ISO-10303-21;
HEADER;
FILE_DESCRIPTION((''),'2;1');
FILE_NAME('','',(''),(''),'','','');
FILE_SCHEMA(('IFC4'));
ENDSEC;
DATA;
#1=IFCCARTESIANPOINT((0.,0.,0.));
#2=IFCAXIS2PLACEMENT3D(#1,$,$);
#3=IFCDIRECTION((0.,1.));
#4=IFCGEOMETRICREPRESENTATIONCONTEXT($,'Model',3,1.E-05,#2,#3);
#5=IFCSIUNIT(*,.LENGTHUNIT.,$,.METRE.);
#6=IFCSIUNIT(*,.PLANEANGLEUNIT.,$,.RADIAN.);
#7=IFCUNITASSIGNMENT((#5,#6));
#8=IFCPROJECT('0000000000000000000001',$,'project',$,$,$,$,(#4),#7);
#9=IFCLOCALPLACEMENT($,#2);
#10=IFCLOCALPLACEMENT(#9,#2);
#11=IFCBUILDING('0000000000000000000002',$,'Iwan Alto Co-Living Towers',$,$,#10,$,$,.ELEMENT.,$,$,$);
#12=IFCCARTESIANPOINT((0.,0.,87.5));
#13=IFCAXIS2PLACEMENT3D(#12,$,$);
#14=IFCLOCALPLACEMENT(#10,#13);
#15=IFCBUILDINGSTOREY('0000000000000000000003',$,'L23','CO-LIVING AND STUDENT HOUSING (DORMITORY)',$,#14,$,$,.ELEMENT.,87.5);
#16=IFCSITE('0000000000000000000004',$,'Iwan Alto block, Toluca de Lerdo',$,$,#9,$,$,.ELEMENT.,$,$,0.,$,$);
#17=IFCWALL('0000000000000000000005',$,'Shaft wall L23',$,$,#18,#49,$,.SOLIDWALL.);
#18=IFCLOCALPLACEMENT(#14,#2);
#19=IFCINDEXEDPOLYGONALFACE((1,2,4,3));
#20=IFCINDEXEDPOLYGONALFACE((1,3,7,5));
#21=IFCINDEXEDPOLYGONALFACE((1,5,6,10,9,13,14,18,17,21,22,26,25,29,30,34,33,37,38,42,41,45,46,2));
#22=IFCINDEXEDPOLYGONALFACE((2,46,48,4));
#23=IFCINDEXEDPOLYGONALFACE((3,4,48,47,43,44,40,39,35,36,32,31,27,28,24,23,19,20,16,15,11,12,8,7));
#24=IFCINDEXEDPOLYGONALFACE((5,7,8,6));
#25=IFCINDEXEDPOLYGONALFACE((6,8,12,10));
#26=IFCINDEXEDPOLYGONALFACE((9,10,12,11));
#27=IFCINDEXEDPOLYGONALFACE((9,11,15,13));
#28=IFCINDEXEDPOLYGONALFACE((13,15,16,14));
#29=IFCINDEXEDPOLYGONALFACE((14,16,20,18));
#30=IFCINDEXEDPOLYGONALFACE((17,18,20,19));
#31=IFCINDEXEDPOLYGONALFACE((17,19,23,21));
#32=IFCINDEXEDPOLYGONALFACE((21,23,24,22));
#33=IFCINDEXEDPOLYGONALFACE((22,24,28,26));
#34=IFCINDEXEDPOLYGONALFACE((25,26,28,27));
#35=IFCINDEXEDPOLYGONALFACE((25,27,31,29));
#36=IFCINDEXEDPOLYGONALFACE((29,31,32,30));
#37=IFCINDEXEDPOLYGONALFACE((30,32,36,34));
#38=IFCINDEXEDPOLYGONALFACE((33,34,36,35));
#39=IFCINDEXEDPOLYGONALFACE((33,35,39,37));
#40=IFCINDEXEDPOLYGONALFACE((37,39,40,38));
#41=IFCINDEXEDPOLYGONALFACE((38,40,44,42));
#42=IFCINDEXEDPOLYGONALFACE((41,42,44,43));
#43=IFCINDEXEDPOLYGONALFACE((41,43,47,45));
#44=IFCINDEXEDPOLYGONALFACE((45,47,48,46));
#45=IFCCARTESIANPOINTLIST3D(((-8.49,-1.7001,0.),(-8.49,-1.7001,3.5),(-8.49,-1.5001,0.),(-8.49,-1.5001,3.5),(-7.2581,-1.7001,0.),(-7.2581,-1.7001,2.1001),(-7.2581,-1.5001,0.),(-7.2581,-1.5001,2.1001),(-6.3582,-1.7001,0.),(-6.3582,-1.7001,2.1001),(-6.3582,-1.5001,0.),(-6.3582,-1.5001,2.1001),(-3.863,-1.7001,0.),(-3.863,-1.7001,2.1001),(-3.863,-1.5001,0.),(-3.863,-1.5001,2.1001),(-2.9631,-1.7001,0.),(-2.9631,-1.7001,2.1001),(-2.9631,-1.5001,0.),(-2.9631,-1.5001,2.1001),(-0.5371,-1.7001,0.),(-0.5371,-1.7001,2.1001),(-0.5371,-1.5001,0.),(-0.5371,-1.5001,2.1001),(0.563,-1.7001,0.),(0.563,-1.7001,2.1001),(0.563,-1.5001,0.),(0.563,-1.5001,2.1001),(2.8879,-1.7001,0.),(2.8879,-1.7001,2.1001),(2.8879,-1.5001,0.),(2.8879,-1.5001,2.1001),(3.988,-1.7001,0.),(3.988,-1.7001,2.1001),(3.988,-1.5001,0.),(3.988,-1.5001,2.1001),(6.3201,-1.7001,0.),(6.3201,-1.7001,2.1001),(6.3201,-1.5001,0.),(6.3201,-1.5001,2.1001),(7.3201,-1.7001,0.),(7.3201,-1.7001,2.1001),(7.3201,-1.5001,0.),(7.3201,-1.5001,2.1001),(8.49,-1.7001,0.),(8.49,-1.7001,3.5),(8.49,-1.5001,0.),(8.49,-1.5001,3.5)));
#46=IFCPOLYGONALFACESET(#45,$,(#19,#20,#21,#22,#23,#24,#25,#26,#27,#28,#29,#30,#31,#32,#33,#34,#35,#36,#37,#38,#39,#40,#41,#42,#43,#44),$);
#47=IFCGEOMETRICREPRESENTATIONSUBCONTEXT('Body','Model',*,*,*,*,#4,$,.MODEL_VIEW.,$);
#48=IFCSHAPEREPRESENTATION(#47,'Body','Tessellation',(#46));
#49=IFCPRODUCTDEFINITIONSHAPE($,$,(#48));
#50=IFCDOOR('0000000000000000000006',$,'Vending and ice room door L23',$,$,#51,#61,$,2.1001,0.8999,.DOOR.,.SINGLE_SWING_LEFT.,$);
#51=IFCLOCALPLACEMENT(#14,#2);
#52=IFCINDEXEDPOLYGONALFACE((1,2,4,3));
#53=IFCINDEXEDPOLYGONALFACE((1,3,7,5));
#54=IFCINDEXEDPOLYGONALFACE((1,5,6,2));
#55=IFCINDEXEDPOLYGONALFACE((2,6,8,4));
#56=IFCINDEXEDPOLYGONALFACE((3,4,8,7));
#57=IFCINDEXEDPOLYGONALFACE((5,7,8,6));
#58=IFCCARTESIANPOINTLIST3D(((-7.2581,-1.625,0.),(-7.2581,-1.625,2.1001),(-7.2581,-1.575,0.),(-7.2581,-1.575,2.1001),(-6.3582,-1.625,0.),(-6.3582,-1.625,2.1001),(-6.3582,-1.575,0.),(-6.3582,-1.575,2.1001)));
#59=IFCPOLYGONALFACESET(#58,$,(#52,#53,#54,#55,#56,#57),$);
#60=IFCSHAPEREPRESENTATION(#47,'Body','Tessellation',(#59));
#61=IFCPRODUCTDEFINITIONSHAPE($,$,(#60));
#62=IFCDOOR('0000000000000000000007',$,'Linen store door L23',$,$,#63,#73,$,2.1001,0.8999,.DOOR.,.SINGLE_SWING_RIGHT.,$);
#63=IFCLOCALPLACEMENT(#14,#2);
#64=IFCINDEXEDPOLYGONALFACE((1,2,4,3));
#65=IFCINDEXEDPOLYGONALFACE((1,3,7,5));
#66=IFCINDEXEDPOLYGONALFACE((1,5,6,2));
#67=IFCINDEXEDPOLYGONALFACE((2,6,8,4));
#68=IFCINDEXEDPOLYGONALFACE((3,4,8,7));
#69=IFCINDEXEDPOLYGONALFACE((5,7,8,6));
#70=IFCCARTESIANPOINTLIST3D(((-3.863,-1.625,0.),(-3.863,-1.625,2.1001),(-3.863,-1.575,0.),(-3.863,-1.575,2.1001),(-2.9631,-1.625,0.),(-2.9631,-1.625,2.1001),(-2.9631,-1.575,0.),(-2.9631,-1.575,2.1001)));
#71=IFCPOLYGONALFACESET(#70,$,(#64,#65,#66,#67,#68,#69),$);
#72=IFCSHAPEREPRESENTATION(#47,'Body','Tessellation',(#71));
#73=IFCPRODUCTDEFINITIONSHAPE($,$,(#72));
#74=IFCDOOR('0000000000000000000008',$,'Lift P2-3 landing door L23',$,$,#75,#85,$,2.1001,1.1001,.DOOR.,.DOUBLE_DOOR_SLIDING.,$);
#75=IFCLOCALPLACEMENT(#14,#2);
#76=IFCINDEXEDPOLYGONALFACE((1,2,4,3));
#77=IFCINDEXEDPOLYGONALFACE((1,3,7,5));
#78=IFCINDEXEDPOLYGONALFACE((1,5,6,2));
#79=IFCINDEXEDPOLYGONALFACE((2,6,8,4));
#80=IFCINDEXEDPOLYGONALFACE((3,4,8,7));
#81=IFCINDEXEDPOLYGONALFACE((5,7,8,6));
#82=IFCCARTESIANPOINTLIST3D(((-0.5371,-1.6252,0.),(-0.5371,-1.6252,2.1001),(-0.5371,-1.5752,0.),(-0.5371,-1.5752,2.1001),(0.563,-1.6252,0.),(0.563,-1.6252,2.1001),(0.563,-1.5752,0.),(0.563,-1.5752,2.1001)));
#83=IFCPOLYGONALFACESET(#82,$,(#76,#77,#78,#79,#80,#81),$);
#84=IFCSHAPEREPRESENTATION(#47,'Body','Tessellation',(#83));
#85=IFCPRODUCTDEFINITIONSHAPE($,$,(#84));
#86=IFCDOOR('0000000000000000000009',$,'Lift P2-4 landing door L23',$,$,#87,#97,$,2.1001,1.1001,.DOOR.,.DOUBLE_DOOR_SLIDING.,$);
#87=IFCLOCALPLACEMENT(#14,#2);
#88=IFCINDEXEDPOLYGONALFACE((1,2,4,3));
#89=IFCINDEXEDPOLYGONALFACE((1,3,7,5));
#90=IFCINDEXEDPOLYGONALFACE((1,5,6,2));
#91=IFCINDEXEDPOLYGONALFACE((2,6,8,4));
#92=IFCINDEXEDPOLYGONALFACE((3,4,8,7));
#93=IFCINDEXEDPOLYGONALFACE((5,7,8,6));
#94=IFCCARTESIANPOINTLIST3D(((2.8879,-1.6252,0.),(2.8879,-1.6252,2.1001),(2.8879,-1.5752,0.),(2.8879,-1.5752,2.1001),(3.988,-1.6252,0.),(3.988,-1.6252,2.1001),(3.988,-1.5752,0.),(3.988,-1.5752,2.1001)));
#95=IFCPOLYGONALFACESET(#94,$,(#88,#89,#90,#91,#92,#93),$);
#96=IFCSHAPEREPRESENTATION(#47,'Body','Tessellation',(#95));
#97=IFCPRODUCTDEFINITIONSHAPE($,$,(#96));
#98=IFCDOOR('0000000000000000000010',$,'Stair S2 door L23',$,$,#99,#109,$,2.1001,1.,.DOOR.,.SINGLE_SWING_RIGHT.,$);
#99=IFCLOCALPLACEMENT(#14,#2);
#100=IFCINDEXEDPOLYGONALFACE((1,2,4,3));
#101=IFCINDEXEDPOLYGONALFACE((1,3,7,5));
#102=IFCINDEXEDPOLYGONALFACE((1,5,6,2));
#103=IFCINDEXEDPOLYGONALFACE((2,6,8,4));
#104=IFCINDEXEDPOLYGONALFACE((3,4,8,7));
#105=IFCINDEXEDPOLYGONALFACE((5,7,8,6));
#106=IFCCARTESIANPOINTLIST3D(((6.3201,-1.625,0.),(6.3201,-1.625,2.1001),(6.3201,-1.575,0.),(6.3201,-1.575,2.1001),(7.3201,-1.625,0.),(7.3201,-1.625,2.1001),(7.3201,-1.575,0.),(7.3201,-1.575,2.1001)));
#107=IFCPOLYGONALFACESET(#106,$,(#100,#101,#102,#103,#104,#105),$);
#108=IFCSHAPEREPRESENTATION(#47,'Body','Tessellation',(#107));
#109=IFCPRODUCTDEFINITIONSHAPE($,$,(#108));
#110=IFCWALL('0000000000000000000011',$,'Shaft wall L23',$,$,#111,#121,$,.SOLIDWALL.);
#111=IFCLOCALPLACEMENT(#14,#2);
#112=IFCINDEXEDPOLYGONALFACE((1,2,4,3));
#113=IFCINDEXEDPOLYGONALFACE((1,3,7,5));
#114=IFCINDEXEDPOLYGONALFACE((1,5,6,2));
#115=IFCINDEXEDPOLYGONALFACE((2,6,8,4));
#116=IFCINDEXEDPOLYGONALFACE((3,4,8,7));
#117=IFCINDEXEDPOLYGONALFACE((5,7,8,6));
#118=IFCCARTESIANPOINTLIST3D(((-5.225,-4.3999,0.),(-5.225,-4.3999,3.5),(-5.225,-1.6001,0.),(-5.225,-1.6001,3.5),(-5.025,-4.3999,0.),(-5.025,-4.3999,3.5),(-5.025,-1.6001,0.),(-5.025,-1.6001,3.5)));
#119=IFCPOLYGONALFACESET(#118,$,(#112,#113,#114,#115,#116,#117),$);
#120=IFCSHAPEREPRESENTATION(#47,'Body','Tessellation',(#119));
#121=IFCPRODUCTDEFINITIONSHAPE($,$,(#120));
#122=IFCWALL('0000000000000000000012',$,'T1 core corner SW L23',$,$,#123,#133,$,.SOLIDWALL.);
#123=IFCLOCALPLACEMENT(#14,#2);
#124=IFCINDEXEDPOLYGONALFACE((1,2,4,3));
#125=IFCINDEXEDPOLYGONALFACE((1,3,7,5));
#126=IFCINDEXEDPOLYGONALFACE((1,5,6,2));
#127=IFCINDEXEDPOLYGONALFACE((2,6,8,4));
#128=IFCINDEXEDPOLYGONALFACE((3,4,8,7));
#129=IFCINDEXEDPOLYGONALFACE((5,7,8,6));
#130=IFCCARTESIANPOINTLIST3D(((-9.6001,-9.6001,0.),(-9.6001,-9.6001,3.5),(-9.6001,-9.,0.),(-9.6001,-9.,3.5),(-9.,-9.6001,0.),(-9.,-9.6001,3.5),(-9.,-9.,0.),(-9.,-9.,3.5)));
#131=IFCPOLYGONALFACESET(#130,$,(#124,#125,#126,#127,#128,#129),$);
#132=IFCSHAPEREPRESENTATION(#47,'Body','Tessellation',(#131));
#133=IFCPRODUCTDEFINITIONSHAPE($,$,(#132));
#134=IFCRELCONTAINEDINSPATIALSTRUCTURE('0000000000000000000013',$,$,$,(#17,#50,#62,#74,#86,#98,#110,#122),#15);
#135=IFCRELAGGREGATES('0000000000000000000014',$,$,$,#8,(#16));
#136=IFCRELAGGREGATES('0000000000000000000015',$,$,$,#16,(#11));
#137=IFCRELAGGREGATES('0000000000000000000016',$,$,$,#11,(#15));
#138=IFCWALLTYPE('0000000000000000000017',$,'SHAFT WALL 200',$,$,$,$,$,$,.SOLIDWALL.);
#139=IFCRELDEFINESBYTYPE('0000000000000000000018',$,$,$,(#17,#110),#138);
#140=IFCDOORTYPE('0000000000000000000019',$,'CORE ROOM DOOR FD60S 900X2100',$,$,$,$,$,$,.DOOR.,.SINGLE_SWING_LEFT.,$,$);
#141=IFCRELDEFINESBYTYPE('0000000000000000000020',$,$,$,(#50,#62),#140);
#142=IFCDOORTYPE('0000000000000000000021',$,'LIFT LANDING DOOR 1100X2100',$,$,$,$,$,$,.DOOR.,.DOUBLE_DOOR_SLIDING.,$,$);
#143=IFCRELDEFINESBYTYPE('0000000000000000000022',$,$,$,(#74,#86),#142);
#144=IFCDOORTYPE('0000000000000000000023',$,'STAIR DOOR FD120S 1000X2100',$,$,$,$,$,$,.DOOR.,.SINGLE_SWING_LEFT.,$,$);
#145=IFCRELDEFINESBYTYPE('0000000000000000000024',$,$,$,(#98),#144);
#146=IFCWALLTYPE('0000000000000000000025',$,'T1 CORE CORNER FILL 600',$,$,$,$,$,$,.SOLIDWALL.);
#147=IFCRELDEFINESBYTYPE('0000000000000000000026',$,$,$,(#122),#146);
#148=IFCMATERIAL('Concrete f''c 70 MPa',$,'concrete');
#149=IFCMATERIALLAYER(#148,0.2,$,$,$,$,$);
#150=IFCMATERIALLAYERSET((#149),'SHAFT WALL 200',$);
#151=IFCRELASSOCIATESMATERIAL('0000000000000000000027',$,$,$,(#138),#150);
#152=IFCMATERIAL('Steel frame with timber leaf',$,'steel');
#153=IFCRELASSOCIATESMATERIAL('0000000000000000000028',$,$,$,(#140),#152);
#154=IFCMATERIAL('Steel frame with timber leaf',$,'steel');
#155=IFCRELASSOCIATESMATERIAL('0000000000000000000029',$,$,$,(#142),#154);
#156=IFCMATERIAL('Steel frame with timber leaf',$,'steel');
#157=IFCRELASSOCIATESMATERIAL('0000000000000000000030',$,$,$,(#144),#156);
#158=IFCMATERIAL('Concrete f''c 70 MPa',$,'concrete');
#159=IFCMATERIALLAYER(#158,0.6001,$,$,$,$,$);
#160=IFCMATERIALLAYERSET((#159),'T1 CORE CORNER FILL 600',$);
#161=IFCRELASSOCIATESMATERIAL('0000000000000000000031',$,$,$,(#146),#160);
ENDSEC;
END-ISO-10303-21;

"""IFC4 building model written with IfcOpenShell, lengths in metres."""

from ifc_helpers import new_model, si_unit, direction, frame, frame_2d, origin, place, context, subcontext, project, spatial, rectangle, extrude, material, layer, layer_set, type_object, element, fill, save


model = new_model("IFC4")

# Units and contexts
model_context = context("Model", 3, precision=1e-05, world=origin(), true_north=direction((0.0, 1.0)))
body_context = subcontext(model_context, "Body", "Model", "MODEL_VIEW")
ifc_project = project(units=[si_unit("LENGTHUNIT", "METRE"), si_unit("PLANEANGLEUNIT", "RADIAN")], contexts=[model_context])

# Site, building, storey
site_placement = place(None, origin())
site = spatial("IfcSite", under=ifc_project, at=site_placement, Name="Iwan Alto block, Toluca de Lerdo", CompositionType="ELEMENT", RefElevation=0.0)
building_placement = place(site_placement, origin())
building = spatial("IfcBuilding", under=site, at=building_placement, Name="Iwan Alto Co-Living Towers", CompositionType="ELEMENT")
storey_placement = place(building_placement, frame((0.0, 0.0, 87.5)))
storey = spatial("IfcBuildingStorey", under=building, at=storey_placement, Name="L23", Description="CO-LIVING AND STUDENT HOUSING (DORMITORY)", CompositionType="ELEMENT", Elevation=87.5)

# Shared definitions
ifc_material_1 = material(Name="Concrete f'c 70 MPa", Category="concrete")
ifc_layer_1 = layer(ifc_material_1, 0.2)
ifc_layer_set_1 = layer_set([ifc_layer_1], Name="SHAFT WALL 200")
wall_type_1 = type_object("IfcWallType", Name="SHAFT WALL 200", PredefinedType="SOLIDWALL", material=ifc_layer_set_1)

# Wall, openings, doors
wall_1_placement = place(storey_placement, frame((-8.49, -1.6001, 0.0), z_axis=(0.0, 0.0, 1.0), x_axis=(1.0, 0.0, 0.0)))
wall_1 = element("IfcWall", 1, at=wall_1_placement, inside=storey, type_object=wall_type_1, Name="Shaft wall L23", PredefinedType="SOLIDWALL", context=body_context, shape_type="SweptSolid", body=[
    extrude(rectangle(XDim=16.98, YDim=0.2, at=frame_2d((8.49, 0.0))), origin(), (0.0, 0.0, 1.0), 3.5),
])
opening_1_placement = place(wall_1_placement, frame((14.8101, 0.0, 0.0)))
opening_1 = element("IfcOpeningElement", 2, at=opening_1_placement, cuts=wall_1, PredefinedType="OPENING", context=body_context, shape_type="SweptSolid", body=[
    extrude(rectangle(XDim=1.0, YDim=2.1001, at=frame_2d((0.5, 1.05))), frame((0.0, 0.1099, 0.0), z_axis=(0.0, -1.0, 0.0), x_axis=(1.0, 0.0, 0.0)), (0.0, 0.0, 1.0), 0.22),
])
opening_2_placement = place(wall_1_placement, frame((1.2319, 0.0, 0.0)))
opening_2 = element("IfcOpeningElement", 3, at=opening_2_placement, cuts=wall_1, PredefinedType="OPENING", context=body_context, shape_type="SweptSolid", body=[
    extrude(rectangle(XDim=0.8999, YDim=2.1001, at=frame_2d((0.45, 1.05))), frame((0.0, 0.1099, 0.0), z_axis=(0.0, -1.0, 0.0), x_axis=(1.0, 0.0, 0.0)), (0.0, 0.0, 1.0), 0.22),
])
opening_3_placement = place(wall_1_placement, frame((4.627, 0.0, 0.0)))
opening_3 = element("IfcOpeningElement", 4, at=opening_3_placement, cuts=wall_1, PredefinedType="OPENING", context=body_context, shape_type="SweptSolid", body=[
    extrude(rectangle(XDim=0.8999, YDim=2.1001, at=frame_2d((0.45, 1.05))), frame((0.0, 0.1099, 0.0), z_axis=(0.0, -1.0, 0.0), x_axis=(1.0, 0.0, 0.0)), (0.0, 0.0, 1.0), 0.22),
])
opening_4_placement = place(wall_1_placement, frame((7.9529, 0.0, 0.0)))
opening_4 = element("IfcOpeningElement", 5, at=opening_4_placement, cuts=wall_1, PredefinedType="OPENING", context=body_context, shape_type="SweptSolid", body=[
    extrude(rectangle(XDim=1.1001, YDim=2.1001, at=frame_2d((0.55, 1.05))), frame((0.0, 0.1099, 0.0), z_axis=(0.0, -1.0, 0.0), x_axis=(1.0, 0.0, 0.0)), (0.0, 0.0, 1.0), 0.22),
])
opening_5_placement = place(wall_1_placement, frame((11.3779, 0.0, 0.0)))
opening_5 = element("IfcOpeningElement", 6, at=opening_5_placement, cuts=wall_1, PredefinedType="OPENING", context=body_context, shape_type="SweptSolid", body=[
    extrude(rectangle(XDim=1.1001, YDim=2.1001, at=frame_2d((0.55, 1.05))), frame((0.0, 0.1099, 0.0), z_axis=(0.0, -1.0, 0.0), x_axis=(1.0, 0.0, 0.0)), (0.0, 0.0, 1.0), 0.22),
])
ifc_material_2 = material(Name="Steel frame with timber leaf", Category="steel")
door_type_1 = type_object("IfcDoorType", Name="CORE ROOM DOOR FD60S 900X2100", OperationType="SINGLE_SWING_LEFT", PredefinedType="DOOR", material=ifc_material_2)
door_1_placement = place(opening_2_placement, frame((0.8999, 0.0, 0.0), z_axis=(0.0, 0.0, 1.0), x_axis=(-1.0, 0.0, 0.0)))
door_1 = element("IfcDoor", 7, at=door_1_placement, inside=storey, type_object=door_type_1, Name="Vending and ice room door L23", OperationType="SINGLE_SWING_LEFT", OverallHeight=2.1001, OverallWidth=0.8999, PredefinedType="DOOR", context=body_context, shape_type="SweptSolid", body=[
    extrude(rectangle(XDim=0.8999, YDim=2.1001, at=frame_2d((0.45, 1.05))), frame((0.0, 0.0249, 0.0), z_axis=(0.0, -1.0, 0.0), x_axis=(1.0, 0.0, 0.0)), (0.0, 0.0, 1.0), 0.05),
])
fill(opening_2, door_1)
door_2_placement = place(opening_3_placement, frame((0.8999, 0.0, 0.0), z_axis=(0.0, 0.0, 1.0), x_axis=(-1.0, 0.0, 0.0)))
door_2 = element("IfcDoor", 8, at=door_2_placement, inside=storey, type_object=door_type_1, Name="Linen store door L23", OperationType="SINGLE_SWING_RIGHT", OverallHeight=2.1001, OverallWidth=0.8999, PredefinedType="DOOR", context=body_context, shape_type="SweptSolid", body=[
    extrude(rectangle(XDim=0.8999, YDim=2.1001, at=frame_2d((0.45, 1.05))), frame((0.0, 0.0249, 0.0), z_axis=(0.0, -1.0, 0.0), x_axis=(1.0, 0.0, 0.0)), (0.0, 0.0, 1.0), 0.05),
])
fill(opening_3, door_2)
ifc_material_3 = material(Name="Steel frame with timber leaf", Category="steel")
door_type_2 = type_object("IfcDoorType", Name="LIFT LANDING DOOR 1100X2100", OperationType="DOUBLE_DOOR_SLIDING", PredefinedType="DOOR", material=ifc_material_3)
door_3_placement = place(opening_4_placement, origin())
door_3 = element("IfcDoor", 9, at=door_3_placement, inside=storey, type_object=door_type_2, Name="Lift P2-3 landing door L23", OperationType="DOUBLE_DOOR_SLIDING", OverallHeight=2.1001, OverallWidth=1.1001, PredefinedType="DOOR", context=body_context, shape_type="SweptSolid", body=[
    extrude(rectangle(XDim=1.1001, YDim=2.1001, at=frame_2d((0.55, 1.05))), frame((0.0, 0.0249, 0.0), z_axis=(0.0, -1.0, 0.0), x_axis=(1.0, 0.0, 0.0)), (0.0, 0.0, 1.0), 0.05),
])
fill(opening_4, door_3)
door_4_placement = place(opening_5_placement, origin())
door_4 = element("IfcDoor", 10, at=door_4_placement, inside=storey, type_object=door_type_2, Name="Lift P2-4 landing door L23", OperationType="DOUBLE_DOOR_SLIDING", OverallHeight=2.1001, OverallWidth=1.1001, PredefinedType="DOOR", context=body_context, shape_type="SweptSolid", body=[
    extrude(rectangle(XDim=1.1001, YDim=2.1001, at=frame_2d((0.55, 1.05))), frame((0.0, 0.0249, 0.0), z_axis=(0.0, -1.0, 0.0), x_axis=(1.0, 0.0, 0.0)), (0.0, 0.0, 1.0), 0.05),
])
fill(opening_5, door_4)
ifc_material_4 = material(Name="Steel frame with timber leaf", Category="steel")
door_type_3 = type_object("IfcDoorType", Name="STAIR DOOR FD120S 1000X2100", OperationType="SINGLE_SWING_LEFT", PredefinedType="DOOR", material=ifc_material_4)
door_5_placement = place(opening_1_placement, frame((1.0, 0.0, 0.0), z_axis=(0.0, 0.0, 1.0), x_axis=(-1.0, 0.0, 0.0)))
door_5 = element("IfcDoor", 11, at=door_5_placement, inside=storey, type_object=door_type_3, Name="Stair S2 door L23", OperationType="SINGLE_SWING_RIGHT", OverallHeight=2.1001, OverallWidth=1.0, PredefinedType="DOOR", context=body_context, shape_type="SweptSolid", body=[
    extrude(rectangle(XDim=1.0, YDim=2.1001, at=frame_2d((0.5, 1.05))), frame((0.0, 0.0249, 0.0), z_axis=(0.0, -1.0, 0.0), x_axis=(1.0, 0.0, 0.0)), (0.0, 0.0, 1.0), 0.05),
])
fill(opening_1, door_5)

# Walls
wall_2_placement = place(storey_placement, frame((-5.125, -4.3999, 0.0), z_axis=(0.0, 0.0, 1.0), x_axis=(0.0, 1.0, 0.0)))
element("IfcWall", 12, at=wall_2_placement, inside=storey, type_object=wall_type_1, Name="Shaft wall L23", PredefinedType="SOLIDWALL", context=body_context, shape_type="SweptSolid", body=[
    extrude(rectangle(XDim=2.7998, YDim=0.2, at=frame_2d((1.3999, 0.0))), origin(), (0.0, 0.0, 1.0), 3.5),
])
ifc_material_5 = material(Name="Concrete f'c 70 MPa", Category="concrete")
ifc_layer_2 = layer(ifc_material_5, 0.6001)
ifc_layer_set_2 = layer_set([ifc_layer_2], Name="T1 CORE CORNER FILL 600")
wall_type_2 = type_object("IfcWallType", Name="T1 CORE CORNER FILL 600", PredefinedType="SOLIDWALL", material=ifc_layer_set_2)
wall_3_placement = place(storey_placement, frame((-9.6001, -9.3, 0.0), z_axis=(0.0, 0.0, 1.0), x_axis=(1.0, 0.0, 0.0)))
element("IfcWall", 13, at=wall_3_placement, inside=storey, type_object=wall_type_2, Name="T1 core corner SW L23", PredefinedType="SOLIDWALL", context=body_context, shape_type="SweptSolid", body=[
    extrude(rectangle(XDim=0.6001, YDim=0.6001, at=frame_2d((0.3, 0.0))), origin(), (0.0, 0.0, 1.0), 3.5),
])

save(model, "model.ifc")
